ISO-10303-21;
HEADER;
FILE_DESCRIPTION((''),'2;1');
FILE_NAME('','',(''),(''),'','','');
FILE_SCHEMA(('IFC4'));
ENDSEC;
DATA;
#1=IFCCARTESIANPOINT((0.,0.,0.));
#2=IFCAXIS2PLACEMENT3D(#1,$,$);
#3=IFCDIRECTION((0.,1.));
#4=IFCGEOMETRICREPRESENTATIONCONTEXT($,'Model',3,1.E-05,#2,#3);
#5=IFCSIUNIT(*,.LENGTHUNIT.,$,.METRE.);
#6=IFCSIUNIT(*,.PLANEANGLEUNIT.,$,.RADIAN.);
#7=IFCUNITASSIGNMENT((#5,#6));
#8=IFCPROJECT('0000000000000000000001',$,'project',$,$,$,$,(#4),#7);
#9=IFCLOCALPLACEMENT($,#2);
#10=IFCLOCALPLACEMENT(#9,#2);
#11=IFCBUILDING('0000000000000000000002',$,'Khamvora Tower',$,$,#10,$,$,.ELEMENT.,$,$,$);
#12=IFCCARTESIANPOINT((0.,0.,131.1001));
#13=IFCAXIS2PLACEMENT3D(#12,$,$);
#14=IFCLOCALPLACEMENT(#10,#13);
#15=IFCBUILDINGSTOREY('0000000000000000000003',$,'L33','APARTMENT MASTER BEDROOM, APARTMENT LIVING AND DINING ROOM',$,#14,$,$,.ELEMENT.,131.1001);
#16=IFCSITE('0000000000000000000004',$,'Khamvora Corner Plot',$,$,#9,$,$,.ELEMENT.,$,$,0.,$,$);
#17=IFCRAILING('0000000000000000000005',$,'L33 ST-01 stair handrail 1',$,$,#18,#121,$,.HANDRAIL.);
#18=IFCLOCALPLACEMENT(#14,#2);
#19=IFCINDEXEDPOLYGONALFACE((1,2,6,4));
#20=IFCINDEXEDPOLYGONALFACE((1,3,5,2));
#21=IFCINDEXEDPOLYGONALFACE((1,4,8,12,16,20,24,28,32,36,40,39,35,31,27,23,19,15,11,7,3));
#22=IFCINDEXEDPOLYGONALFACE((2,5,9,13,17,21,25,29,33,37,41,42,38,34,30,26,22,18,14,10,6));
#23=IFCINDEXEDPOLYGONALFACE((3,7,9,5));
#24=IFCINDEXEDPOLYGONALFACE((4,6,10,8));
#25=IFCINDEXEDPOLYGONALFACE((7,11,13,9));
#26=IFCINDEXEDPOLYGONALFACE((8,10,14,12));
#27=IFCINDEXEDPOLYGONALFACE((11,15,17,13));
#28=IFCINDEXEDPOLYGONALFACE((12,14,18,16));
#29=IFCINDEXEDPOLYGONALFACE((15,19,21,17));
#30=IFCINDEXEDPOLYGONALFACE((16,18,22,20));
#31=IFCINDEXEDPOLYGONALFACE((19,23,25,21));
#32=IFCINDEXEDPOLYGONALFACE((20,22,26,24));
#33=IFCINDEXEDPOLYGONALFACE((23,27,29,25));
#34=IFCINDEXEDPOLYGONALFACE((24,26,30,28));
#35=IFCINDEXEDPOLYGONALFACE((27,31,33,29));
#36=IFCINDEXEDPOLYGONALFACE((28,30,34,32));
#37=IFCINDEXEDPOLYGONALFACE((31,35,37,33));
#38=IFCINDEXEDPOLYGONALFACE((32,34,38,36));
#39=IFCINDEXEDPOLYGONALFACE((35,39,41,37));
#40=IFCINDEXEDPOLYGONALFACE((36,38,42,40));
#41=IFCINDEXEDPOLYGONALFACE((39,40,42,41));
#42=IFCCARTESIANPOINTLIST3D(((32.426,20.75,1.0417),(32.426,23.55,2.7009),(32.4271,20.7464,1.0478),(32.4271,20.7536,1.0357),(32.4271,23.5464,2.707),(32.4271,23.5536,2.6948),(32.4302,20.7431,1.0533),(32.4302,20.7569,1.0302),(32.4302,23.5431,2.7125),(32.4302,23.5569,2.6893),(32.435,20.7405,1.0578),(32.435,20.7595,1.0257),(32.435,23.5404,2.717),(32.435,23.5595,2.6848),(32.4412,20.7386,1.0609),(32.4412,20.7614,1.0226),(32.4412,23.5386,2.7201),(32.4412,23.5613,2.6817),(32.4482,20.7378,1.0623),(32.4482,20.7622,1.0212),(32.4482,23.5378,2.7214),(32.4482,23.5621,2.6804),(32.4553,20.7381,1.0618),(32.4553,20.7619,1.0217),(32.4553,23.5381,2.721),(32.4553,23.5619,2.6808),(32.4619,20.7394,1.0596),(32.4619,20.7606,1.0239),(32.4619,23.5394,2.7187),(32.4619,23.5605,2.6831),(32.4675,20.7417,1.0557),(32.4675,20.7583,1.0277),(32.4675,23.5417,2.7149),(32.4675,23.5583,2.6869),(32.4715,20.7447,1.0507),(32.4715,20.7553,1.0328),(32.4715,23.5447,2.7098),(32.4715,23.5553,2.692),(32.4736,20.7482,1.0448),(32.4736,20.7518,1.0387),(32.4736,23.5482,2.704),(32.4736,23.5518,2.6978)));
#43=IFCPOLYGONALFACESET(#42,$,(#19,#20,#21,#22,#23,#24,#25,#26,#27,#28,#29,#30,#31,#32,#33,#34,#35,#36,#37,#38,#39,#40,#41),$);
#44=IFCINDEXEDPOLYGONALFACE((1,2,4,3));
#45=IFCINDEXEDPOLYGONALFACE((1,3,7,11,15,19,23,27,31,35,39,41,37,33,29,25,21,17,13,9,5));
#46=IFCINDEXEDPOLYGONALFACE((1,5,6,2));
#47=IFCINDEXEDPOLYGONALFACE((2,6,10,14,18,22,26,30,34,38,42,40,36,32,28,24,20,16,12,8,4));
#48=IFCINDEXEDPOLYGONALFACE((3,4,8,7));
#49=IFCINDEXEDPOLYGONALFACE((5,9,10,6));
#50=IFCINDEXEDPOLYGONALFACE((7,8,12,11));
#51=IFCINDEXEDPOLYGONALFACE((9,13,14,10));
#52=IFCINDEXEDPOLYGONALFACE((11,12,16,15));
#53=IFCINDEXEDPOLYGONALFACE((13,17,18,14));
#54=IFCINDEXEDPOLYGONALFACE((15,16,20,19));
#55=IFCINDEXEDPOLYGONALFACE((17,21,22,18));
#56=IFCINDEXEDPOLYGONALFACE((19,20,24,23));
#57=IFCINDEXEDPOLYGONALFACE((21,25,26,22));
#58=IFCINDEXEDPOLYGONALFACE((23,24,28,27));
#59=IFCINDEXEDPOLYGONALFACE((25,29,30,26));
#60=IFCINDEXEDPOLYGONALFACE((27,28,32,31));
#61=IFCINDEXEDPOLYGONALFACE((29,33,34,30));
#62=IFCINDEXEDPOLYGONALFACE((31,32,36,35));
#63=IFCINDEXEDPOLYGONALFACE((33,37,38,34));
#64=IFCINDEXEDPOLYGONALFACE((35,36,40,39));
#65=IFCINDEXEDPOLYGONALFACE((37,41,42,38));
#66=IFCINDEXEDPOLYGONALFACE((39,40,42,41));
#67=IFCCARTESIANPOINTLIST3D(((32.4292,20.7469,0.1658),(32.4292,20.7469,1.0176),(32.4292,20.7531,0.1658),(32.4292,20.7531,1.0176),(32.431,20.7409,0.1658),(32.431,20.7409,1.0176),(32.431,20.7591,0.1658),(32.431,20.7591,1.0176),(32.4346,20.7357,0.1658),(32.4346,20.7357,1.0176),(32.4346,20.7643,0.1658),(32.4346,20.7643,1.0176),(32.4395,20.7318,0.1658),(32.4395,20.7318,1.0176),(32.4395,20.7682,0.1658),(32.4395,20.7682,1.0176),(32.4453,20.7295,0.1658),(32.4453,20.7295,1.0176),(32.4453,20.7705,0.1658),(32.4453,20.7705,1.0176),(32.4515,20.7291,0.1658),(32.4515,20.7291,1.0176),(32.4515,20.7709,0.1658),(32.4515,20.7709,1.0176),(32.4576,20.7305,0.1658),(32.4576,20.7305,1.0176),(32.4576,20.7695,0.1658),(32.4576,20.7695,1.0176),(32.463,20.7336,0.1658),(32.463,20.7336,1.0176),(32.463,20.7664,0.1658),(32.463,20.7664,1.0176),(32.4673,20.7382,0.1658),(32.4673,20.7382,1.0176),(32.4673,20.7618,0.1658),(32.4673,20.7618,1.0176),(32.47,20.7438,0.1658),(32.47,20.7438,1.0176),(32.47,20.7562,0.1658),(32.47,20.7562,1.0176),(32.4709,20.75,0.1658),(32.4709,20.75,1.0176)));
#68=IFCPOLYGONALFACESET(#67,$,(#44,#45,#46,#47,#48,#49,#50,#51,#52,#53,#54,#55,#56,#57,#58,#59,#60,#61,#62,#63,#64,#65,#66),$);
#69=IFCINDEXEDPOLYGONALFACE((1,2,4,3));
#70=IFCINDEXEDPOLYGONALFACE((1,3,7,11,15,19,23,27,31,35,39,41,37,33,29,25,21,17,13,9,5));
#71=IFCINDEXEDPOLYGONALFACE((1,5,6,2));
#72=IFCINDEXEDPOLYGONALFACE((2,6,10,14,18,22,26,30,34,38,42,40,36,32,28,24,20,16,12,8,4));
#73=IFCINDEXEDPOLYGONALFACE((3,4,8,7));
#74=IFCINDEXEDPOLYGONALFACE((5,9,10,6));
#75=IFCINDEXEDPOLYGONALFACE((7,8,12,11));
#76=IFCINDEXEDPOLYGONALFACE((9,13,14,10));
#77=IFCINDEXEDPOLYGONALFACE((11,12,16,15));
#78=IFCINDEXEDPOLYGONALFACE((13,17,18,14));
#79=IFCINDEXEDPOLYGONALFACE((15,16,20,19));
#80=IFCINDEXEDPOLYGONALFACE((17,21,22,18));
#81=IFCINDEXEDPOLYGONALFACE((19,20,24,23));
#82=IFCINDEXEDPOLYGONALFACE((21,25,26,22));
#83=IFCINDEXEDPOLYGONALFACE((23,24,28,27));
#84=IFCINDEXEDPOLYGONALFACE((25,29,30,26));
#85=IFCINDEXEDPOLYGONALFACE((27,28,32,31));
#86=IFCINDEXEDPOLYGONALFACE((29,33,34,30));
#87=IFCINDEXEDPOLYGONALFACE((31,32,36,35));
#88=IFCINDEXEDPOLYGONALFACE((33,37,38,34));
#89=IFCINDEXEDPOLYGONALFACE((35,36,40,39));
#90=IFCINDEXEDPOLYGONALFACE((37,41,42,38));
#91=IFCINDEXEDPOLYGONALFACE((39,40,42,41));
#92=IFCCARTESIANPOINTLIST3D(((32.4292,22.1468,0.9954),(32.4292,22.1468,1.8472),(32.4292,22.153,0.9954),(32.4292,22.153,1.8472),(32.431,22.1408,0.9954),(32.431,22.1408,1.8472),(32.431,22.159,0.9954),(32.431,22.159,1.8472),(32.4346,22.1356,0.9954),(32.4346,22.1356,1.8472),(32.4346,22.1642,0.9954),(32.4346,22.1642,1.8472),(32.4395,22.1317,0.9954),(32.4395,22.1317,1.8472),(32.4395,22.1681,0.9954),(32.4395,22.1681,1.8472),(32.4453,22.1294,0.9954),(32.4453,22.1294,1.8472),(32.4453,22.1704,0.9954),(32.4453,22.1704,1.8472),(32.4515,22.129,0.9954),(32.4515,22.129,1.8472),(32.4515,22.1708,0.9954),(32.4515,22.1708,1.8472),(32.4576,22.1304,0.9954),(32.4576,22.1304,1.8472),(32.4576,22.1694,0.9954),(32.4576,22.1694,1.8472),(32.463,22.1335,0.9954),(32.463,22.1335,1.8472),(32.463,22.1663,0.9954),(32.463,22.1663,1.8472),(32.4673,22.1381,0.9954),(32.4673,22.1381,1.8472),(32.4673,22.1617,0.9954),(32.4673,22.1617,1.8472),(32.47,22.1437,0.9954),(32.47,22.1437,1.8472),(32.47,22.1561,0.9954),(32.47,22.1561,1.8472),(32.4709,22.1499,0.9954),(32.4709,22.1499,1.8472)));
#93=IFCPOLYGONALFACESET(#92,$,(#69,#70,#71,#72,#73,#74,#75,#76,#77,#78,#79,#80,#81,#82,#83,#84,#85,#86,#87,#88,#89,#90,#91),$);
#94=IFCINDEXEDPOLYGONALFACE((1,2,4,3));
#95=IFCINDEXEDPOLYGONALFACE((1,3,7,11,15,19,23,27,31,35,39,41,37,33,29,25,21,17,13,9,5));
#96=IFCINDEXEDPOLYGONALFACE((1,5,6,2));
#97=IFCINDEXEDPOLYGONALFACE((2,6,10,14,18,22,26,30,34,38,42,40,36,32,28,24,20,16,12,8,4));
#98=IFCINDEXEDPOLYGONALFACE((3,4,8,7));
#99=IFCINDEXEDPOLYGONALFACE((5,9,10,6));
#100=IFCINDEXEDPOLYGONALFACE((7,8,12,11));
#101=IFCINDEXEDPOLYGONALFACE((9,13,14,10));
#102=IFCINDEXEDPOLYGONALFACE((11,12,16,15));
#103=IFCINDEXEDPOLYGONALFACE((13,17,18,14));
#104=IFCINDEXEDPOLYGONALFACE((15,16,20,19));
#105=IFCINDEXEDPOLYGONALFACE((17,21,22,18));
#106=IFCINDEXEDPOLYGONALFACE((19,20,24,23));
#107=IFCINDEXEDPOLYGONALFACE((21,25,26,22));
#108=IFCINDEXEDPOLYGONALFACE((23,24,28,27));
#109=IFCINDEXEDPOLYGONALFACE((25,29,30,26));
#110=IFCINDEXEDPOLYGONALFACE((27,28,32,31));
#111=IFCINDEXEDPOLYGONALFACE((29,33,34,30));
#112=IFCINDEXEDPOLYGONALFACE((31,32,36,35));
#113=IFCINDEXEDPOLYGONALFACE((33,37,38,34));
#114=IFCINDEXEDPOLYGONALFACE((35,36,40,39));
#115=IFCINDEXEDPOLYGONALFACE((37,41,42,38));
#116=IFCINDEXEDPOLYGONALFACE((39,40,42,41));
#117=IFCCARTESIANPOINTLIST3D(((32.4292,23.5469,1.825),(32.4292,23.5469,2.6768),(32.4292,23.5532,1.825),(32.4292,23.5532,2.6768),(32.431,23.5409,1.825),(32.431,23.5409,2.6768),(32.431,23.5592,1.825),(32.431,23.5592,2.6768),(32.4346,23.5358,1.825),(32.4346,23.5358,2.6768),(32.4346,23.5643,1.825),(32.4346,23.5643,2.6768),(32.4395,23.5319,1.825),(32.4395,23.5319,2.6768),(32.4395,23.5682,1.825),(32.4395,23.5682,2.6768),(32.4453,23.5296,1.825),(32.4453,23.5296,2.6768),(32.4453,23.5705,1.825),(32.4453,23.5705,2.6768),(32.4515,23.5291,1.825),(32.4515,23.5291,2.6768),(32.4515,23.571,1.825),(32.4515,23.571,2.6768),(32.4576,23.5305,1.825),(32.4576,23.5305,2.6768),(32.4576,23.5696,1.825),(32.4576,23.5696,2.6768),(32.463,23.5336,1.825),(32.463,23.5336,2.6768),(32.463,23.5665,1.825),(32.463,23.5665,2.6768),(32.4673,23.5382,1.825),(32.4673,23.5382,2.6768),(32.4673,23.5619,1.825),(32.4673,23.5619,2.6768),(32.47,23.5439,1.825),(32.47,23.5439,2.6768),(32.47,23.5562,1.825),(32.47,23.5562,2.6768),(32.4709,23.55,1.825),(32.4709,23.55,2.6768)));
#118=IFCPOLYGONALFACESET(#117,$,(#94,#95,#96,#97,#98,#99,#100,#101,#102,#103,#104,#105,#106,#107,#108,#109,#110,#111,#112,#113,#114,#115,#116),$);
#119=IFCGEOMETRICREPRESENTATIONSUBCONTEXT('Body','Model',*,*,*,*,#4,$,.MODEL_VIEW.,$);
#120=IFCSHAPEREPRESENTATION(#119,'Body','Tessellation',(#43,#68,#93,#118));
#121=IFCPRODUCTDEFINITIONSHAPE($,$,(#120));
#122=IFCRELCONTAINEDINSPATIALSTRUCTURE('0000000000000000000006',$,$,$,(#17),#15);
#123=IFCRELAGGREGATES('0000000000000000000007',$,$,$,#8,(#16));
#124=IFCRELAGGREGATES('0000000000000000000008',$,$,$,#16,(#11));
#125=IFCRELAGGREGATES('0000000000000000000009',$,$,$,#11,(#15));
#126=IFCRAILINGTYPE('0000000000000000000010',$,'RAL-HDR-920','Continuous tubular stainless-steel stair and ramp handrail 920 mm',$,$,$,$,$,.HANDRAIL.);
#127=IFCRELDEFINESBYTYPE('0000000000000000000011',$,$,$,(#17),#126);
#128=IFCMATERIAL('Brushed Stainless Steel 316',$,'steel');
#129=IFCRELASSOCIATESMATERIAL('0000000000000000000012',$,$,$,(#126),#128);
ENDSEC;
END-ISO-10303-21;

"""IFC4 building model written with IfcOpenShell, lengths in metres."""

from ifc_helpers import new_model, si_unit, direction, frame, origin, origin_2d, place, context, subcontext, project, spatial, circle, extrude, material, type_object, element, save


model = new_model("IFC4")

# Units and contexts
model_context = context("Model", 3, precision=1e-05, world=origin(), true_north=direction((0.0, 1.0)))
body_context = subcontext(model_context, "Body", "Model", "MODEL_VIEW")
ifc_project = project(units=[si_unit("LENGTHUNIT", "METRE"), si_unit("PLANEANGLEUNIT", "RADIAN")], contexts=[model_context])

# Site, building, storey
site_placement = place(None, origin())
site = spatial("IfcSite", under=ifc_project, at=site_placement, Name="Khamvora Corner Plot", CompositionType="ELEMENT", RefElevation=0.0)
building_placement = place(site_placement, origin())
building = spatial("IfcBuilding", under=site, at=building_placement, Name="Khamvora Tower", CompositionType="ELEMENT")
storey_placement = place(building_placement, frame((0.0, 0.0, 131.1001)))
storey = spatial("IfcBuildingStorey", under=building, at=storey_placement, Name="L33", Description="APARTMENT MASTER BEDROOM, APARTMENT LIVING AND DINING ROOM", CompositionType="ELEMENT", Elevation=131.1001)

# Railing
ifc_material_1 = material(Name="Brushed Stainless Steel 316", Category="steel")
railing_type_1 = type_object("IfcRailingType", Name="RAL-HDR-920", Description="Continuous tubular stainless-steel stair and ramp handrail 920 mm", PredefinedType="HANDRAIL", material=ifc_material_1)
railing_1_placement = place(storey_placement, frame((32.45, 20.75, 0.1658)))
element("IfcRailing", 1, at=railing_1_placement, inside=storey, type_object=railing_type_1, Name="L33 ST-01 stair handrail 1", PredefinedType="HANDRAIL", context=body_context, shape_type="SweptSolid", body=[
    extrude(circle(Radius=0.0239, at=origin_2d()), frame((0.0, 0.0, 0.876), z_axis=(0.0, 0.860306, 0.509778), x_axis=(-1.0, 0.0, 0.0)), (0.0, 0.0, 1.0), 3.2546),
    extrude(circle(Radius=0.021, at=origin_2d()), origin(), (0.0, 0.0, 1.0), 0.8518),
    extrude(circle(Radius=0.021, at=origin_2d()), frame((0.0, 1.3999, 0.8296)), (0.0, 0.0, 1.0), 0.8518),
    extrude(circle(Radius=0.021, at=origin_2d()), frame((0.0, 2.8, 1.6592)), (0.0, 0.0, 1.0), 0.8518),
])

save(model, "model.ifc")
